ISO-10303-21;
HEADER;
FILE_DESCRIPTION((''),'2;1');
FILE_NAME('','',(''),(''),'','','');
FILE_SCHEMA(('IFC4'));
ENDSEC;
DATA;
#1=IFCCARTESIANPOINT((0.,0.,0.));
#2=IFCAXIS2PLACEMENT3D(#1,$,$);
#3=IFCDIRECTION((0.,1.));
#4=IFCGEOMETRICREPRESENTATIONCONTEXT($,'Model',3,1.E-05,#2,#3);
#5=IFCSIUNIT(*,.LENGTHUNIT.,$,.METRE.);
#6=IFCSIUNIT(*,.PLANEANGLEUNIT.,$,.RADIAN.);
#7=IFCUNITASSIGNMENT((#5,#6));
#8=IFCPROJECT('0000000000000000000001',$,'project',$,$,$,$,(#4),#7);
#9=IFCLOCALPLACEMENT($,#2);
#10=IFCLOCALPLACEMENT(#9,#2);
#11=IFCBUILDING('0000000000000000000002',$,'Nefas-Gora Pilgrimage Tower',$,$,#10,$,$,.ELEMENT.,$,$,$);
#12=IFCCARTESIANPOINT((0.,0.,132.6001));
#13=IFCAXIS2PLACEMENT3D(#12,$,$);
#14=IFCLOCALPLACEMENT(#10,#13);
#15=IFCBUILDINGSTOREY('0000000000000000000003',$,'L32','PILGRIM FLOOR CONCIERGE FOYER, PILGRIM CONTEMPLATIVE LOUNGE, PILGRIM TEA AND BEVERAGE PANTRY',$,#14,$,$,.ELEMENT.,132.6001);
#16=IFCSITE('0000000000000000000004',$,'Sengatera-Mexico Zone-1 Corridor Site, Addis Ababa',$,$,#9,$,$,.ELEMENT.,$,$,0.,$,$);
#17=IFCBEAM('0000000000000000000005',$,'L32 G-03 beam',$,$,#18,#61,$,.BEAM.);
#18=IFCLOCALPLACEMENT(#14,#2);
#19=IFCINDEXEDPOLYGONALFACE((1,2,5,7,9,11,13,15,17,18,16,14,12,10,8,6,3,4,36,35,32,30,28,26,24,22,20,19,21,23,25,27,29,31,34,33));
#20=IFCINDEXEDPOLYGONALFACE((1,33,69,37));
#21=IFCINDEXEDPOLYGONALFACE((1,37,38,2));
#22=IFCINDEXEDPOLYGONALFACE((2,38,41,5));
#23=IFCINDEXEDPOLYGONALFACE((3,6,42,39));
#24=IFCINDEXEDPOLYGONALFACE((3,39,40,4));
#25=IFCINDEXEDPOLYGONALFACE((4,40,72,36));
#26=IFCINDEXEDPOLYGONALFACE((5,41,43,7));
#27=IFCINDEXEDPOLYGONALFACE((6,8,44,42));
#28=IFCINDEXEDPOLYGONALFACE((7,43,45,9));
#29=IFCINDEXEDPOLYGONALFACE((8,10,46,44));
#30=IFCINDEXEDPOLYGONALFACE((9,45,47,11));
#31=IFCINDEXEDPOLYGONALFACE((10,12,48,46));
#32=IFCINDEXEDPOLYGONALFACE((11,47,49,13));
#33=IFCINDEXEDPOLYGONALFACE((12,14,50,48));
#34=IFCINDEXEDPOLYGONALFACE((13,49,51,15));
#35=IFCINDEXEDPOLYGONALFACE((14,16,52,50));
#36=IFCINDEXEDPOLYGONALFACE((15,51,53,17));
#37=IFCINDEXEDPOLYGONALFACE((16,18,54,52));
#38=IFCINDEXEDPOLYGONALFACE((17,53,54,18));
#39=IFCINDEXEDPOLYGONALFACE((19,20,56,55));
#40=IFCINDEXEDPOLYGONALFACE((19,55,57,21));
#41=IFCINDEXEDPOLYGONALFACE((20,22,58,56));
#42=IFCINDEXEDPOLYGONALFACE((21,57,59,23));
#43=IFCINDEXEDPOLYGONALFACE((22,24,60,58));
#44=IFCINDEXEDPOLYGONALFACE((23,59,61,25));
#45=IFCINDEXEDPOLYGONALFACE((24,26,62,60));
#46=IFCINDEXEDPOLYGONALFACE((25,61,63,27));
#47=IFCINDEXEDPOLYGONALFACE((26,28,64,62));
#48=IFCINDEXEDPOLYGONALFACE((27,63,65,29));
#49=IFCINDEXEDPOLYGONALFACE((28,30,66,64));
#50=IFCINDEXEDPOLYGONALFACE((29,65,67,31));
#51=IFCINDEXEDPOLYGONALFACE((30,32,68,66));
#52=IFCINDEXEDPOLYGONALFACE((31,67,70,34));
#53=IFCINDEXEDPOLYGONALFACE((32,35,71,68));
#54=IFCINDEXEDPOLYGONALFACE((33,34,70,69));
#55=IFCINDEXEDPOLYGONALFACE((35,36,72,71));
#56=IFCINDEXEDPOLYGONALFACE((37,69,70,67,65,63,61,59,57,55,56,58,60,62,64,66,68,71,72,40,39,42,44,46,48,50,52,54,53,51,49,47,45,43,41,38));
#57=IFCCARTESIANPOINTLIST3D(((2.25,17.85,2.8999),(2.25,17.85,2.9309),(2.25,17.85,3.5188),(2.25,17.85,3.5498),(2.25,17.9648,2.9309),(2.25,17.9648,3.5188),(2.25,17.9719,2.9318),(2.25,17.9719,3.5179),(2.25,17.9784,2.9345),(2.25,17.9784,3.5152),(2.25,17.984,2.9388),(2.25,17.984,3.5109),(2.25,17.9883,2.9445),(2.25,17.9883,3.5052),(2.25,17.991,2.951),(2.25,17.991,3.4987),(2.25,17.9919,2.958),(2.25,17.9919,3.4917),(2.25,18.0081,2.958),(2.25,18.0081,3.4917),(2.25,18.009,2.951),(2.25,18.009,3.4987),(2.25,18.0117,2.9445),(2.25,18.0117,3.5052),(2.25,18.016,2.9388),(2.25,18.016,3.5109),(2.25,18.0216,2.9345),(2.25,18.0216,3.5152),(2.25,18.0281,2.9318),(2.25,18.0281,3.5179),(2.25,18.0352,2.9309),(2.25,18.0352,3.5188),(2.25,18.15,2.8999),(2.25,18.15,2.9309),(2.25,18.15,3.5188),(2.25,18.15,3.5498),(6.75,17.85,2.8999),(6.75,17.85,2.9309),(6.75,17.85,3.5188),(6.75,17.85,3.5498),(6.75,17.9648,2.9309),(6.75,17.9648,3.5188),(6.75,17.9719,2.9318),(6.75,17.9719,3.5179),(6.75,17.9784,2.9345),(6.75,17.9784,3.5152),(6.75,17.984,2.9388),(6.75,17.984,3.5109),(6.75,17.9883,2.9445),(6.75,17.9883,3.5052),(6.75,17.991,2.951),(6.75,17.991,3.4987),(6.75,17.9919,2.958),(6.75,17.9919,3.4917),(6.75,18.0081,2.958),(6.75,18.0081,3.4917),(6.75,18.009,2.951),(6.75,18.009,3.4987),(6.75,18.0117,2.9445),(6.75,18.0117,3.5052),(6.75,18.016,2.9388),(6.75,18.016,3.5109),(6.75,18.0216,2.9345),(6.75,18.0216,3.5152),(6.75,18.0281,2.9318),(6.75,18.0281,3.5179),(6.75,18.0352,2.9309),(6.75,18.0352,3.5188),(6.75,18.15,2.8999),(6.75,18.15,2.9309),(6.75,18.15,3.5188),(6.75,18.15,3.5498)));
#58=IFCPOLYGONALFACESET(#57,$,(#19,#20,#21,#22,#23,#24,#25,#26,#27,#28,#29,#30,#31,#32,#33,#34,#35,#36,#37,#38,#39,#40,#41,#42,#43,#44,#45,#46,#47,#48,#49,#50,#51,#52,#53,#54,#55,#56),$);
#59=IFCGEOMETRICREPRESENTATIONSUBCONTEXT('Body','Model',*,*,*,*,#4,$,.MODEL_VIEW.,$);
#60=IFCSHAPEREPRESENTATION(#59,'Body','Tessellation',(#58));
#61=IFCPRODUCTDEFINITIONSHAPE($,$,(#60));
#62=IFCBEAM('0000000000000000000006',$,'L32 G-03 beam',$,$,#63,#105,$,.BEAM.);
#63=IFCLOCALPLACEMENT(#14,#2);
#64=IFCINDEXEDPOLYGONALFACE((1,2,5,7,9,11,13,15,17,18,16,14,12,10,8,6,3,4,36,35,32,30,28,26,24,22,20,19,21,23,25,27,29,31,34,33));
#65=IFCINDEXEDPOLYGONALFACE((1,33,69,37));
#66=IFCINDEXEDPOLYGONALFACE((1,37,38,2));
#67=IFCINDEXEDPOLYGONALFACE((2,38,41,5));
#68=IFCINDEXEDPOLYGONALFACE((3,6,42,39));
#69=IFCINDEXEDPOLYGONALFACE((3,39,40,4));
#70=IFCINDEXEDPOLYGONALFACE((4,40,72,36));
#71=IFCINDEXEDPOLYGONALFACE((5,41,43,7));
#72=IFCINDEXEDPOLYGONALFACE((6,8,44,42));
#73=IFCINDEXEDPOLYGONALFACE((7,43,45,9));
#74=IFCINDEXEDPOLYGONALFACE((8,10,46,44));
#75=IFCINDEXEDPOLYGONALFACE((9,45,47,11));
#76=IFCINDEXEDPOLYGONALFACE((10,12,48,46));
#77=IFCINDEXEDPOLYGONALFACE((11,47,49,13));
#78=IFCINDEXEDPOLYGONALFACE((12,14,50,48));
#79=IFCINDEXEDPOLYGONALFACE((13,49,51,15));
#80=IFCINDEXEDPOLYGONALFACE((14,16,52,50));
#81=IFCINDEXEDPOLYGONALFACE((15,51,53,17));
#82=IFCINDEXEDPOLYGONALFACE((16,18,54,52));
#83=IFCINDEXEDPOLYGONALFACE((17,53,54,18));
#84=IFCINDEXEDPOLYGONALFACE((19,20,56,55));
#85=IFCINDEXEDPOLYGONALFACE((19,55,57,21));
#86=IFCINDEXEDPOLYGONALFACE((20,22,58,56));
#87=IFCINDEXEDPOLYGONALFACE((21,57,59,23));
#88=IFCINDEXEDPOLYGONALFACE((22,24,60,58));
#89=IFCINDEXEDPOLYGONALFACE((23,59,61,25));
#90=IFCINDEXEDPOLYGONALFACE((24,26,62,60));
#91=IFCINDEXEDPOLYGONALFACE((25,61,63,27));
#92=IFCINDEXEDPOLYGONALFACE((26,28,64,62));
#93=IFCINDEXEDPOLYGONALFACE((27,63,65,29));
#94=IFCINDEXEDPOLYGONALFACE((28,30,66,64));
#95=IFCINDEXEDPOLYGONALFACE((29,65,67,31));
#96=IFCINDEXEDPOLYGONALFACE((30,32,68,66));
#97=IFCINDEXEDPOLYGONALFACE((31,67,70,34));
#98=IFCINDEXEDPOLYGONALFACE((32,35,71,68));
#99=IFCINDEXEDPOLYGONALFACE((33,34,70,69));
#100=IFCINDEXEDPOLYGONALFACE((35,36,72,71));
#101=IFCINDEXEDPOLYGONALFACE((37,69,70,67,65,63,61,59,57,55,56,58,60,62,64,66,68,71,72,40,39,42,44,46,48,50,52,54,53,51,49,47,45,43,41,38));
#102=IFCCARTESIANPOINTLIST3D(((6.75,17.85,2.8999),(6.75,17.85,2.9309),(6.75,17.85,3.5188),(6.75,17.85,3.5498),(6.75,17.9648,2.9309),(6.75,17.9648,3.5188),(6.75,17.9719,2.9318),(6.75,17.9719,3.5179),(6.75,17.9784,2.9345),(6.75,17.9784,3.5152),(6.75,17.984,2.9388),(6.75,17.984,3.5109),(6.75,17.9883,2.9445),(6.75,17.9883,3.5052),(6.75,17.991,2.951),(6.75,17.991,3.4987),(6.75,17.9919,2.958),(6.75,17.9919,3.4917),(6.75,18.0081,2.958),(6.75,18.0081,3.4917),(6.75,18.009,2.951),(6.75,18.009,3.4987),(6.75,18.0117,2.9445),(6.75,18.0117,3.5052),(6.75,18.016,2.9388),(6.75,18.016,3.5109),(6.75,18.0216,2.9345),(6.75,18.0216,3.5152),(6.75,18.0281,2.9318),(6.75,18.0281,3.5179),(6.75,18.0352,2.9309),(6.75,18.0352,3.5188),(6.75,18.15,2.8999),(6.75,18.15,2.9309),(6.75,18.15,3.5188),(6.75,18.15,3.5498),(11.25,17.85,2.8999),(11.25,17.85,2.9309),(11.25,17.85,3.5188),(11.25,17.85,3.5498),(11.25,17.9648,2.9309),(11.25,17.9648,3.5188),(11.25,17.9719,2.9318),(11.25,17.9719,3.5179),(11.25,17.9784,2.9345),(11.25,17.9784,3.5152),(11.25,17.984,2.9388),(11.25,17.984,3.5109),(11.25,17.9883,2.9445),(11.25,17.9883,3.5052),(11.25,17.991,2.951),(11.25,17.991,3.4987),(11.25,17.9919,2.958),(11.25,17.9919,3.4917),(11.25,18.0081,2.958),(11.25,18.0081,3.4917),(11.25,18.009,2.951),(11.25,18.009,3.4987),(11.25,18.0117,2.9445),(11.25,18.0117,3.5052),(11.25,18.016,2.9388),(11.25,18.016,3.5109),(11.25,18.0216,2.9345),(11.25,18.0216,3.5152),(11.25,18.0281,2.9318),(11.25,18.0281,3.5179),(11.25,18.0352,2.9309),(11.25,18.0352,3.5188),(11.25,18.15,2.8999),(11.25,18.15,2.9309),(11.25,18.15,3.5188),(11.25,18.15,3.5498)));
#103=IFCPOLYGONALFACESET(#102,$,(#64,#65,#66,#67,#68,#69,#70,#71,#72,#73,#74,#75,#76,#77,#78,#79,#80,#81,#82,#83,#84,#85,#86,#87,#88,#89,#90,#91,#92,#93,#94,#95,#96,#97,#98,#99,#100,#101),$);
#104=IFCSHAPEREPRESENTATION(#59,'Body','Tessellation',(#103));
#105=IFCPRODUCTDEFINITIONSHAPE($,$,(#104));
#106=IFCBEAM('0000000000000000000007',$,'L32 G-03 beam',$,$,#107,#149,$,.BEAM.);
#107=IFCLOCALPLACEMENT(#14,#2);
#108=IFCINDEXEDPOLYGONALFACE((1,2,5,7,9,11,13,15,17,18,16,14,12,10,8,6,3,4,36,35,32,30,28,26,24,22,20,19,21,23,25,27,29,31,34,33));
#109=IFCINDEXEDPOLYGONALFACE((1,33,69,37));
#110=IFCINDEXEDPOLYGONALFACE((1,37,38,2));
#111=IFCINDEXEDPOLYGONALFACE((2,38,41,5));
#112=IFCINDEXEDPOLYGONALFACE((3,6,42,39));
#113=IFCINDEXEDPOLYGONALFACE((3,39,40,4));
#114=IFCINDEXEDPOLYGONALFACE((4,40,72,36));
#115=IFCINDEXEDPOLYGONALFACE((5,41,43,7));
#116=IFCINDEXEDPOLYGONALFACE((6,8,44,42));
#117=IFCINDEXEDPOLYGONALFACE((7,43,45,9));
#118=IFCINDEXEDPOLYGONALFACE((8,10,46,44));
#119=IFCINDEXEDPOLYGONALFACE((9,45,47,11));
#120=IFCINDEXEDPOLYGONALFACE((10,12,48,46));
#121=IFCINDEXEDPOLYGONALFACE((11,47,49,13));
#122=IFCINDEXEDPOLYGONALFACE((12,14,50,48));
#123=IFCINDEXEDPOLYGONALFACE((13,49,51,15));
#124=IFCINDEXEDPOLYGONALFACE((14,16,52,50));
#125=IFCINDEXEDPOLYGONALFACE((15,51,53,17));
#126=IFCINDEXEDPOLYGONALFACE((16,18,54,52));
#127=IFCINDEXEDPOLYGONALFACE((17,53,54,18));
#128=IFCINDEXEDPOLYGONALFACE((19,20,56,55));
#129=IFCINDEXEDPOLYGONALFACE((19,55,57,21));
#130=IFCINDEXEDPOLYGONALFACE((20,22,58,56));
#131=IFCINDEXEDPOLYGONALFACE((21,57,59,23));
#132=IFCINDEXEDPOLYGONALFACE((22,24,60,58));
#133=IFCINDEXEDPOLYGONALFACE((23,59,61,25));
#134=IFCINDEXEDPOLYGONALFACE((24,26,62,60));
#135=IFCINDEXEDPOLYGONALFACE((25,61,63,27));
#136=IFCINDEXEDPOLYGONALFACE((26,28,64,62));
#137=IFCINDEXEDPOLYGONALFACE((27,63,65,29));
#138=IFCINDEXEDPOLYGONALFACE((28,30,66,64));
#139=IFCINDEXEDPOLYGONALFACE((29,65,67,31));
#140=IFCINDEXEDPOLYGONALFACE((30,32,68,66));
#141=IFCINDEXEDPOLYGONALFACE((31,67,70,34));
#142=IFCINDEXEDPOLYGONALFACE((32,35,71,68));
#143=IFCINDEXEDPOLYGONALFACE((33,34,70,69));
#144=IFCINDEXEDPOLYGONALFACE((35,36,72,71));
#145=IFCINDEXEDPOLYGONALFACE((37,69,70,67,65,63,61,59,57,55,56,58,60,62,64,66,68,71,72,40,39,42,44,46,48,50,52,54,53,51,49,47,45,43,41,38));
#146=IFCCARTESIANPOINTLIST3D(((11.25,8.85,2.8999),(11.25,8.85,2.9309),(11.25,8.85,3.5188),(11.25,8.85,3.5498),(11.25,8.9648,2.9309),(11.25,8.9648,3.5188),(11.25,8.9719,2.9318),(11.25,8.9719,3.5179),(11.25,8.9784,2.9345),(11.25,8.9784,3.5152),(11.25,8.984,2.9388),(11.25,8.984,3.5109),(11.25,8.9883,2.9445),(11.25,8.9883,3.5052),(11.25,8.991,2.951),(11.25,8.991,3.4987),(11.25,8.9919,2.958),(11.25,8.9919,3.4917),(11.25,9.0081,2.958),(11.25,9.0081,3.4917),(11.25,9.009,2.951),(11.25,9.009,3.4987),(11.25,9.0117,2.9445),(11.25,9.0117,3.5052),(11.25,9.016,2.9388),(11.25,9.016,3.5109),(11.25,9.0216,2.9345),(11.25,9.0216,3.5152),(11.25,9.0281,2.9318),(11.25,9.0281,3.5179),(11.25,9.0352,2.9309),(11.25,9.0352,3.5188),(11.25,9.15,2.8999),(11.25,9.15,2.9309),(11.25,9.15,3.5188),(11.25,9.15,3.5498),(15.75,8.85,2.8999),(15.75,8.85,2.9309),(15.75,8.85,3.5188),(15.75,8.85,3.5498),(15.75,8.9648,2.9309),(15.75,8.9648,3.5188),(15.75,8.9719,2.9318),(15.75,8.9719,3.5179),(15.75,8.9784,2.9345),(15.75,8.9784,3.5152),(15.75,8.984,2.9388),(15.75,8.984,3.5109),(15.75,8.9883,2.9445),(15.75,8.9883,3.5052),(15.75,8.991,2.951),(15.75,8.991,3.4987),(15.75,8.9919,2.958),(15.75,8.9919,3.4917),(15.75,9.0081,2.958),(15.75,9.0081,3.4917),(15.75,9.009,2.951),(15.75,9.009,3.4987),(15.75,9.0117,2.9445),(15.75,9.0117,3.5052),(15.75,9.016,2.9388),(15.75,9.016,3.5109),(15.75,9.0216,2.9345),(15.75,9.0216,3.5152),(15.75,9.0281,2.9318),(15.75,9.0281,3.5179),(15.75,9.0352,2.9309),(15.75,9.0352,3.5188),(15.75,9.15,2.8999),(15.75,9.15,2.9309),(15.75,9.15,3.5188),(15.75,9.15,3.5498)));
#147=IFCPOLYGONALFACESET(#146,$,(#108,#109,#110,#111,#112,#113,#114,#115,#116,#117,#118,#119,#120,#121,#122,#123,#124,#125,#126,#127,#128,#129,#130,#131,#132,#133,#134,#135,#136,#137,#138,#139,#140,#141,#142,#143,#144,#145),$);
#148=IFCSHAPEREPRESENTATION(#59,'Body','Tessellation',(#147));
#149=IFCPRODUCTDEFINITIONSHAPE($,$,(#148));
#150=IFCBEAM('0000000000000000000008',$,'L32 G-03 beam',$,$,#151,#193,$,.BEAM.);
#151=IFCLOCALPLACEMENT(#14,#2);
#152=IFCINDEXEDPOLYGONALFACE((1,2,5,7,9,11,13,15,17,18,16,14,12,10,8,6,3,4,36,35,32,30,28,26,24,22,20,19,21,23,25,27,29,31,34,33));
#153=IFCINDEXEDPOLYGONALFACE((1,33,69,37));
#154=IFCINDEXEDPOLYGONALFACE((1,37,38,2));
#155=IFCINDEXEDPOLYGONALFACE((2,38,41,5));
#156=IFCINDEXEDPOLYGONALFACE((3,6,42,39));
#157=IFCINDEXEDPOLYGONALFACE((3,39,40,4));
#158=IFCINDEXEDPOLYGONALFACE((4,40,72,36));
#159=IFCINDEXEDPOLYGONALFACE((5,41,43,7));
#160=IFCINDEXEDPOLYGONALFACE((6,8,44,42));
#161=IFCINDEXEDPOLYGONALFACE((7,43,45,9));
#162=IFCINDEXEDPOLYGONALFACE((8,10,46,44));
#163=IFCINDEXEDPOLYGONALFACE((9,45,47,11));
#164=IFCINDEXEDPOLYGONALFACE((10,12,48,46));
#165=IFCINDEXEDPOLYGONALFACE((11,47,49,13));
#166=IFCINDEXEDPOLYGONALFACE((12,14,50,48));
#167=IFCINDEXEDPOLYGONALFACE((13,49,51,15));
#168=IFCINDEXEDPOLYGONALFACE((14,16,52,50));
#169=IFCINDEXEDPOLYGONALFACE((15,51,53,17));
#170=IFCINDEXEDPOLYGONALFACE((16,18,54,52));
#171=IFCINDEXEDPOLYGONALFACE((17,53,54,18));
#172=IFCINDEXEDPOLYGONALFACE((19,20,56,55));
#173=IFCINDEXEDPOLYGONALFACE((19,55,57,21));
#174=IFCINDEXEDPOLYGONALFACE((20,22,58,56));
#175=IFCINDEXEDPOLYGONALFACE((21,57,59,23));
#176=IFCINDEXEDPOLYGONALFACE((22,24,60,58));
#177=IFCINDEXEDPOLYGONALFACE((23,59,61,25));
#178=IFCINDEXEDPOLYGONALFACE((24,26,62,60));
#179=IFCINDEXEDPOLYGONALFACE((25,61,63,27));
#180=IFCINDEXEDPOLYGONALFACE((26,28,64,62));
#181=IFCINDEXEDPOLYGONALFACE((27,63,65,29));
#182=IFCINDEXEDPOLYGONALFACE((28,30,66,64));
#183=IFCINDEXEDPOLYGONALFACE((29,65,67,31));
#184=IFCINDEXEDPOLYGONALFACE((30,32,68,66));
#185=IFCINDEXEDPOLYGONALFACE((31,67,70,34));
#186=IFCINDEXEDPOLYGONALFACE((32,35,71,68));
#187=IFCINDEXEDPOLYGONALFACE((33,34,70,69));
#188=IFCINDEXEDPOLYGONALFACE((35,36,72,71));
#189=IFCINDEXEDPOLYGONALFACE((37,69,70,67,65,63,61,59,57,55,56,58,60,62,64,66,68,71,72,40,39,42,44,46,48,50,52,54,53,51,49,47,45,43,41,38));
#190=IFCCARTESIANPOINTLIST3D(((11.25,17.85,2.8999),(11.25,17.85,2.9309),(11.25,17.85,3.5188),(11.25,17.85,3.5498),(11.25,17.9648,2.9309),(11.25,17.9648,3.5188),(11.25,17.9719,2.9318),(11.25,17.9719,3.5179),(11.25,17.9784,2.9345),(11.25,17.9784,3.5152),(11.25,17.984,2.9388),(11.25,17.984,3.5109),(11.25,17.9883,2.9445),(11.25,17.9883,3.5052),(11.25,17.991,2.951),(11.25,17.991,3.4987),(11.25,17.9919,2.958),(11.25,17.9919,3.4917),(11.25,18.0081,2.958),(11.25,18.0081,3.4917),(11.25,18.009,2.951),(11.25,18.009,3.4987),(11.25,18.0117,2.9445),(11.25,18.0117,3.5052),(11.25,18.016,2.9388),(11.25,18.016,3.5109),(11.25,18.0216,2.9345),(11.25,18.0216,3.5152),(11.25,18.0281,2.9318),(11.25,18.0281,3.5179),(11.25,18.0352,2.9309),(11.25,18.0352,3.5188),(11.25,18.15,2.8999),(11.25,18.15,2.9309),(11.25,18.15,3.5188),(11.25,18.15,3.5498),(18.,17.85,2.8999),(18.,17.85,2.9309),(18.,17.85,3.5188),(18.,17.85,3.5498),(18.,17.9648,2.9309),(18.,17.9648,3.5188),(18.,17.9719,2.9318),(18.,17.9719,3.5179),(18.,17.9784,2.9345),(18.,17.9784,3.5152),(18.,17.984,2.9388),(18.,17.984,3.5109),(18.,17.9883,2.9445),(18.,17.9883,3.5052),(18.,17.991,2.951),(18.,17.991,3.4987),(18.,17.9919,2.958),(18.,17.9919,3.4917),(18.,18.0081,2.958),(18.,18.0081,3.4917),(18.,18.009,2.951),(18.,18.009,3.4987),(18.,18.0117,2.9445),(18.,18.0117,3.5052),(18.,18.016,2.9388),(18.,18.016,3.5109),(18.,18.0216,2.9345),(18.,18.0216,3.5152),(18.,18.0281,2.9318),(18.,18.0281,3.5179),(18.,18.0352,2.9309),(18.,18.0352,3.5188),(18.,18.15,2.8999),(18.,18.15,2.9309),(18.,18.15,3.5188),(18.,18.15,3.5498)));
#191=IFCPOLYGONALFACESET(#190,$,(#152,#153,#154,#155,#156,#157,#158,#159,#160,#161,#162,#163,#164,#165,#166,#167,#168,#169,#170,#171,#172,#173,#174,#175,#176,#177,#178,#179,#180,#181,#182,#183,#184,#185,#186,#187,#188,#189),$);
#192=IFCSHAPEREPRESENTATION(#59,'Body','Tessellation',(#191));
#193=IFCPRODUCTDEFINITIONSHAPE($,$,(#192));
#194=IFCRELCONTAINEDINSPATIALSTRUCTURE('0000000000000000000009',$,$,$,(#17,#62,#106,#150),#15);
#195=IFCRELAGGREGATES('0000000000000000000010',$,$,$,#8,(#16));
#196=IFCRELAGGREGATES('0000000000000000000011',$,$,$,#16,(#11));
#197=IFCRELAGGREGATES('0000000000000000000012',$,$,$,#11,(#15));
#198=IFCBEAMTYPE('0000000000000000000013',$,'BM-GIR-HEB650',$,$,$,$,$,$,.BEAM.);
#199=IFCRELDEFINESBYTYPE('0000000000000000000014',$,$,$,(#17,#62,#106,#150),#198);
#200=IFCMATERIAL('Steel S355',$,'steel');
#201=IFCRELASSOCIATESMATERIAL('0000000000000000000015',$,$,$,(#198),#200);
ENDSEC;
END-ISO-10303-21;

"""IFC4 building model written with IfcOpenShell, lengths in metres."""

from ifc_helpers import new_model, si_unit, direction, frame, origin, origin_2d, place, context, subcontext, project, spatial, i_section, extrude, source, transform, mapped, material, material_profile, profile_set, type_object, element, save


model = new_model("IFC4")

# Units and contexts
model_context = context("Model", 3, precision=1e-05, world=origin(), true_north=direction((0.0, 1.0)))
body_context = subcontext(model_context, "Body", "Model", "MODEL_VIEW")
ifc_project = project(units=[si_unit("LENGTHUNIT", "METRE"), si_unit("PLANEANGLEUNIT", "RADIAN")], contexts=[model_context])

# Site, building, storey
site_placement = place(None, origin())
site = spatial("IfcSite", under=ifc_project, at=site_placement, Name="Sengatera-Mexico Zone-1 Corridor Site, Addis Ababa", CompositionType="ELEMENT", RefElevation=0.0)
building_placement = place(site_placement, origin())
building = spatial("IfcBuilding", under=site, at=building_placement, Name="Nefas-Gora Pilgrimage Tower", CompositionType="ELEMENT")
storey_placement = place(building_placement, frame((0.0, 0.0, 132.6001)))
storey = spatial("IfcBuildingStorey", under=building, at=storey_placement, Name="L32", Description="PILGRIM FLOOR CONCIERGE FOYER, PILGRIM CONTEMPLATIVE LOUNGE, PILGRIM TEA AND BEVERAGE PANTRY", CompositionType="ELEMENT", Elevation=132.6001)

# Beams
ifc_material_1 = material(Name="Steel S355", Category="steel")
ifc_material_profile_1 = material_profile(ifc_material_1, i_section(OverallWidth=0.3, OverallDepth=0.6499, WebThickness=0.0161, FlangeThickness=0.031, FilletRadius=0.0271, at=origin_2d()), Name="HEB 650")
ifc_profile_set_1 = profile_set([ifc_material_profile_1], Name="Steel S355")
beam_type_1 = type_object("IfcBeamType", Name="BM-GIR-HEB650", PredefinedType="BEAM", material=ifc_profile_set_1)
shared_shape_1 = source(origin(), body_context, "Body", "SweptSolid", [
    extrude(i_section(OverallWidth=0.3, OverallDepth=0.6499, WebThickness=0.0161, FlangeThickness=0.031, FilletRadius=0.0271, at=origin_2d()), origin(), (0.0, 0.0, 1.0), 4.5),
])
for number, where, z_axis, x_axis, name in (
    (1, (2.25, 18.0, 3.2249), (1.0, 0.0, 0.0), (0.0, 1.0, 0.0), "L32 G-03 beam"),
    (2, (6.75, 18.0, 3.2249), (1.0, 0.0, 0.0), (0.0, 1.0, 0.0), "L32 G-03 beam"),
    (3, (11.25, 9.0, 3.2249), (1.0, 0.0, 0.0), (0.0, 1.0, 0.0), "L32 G-03 beam"),
):
    element("IfcBeam", number, at=place(storey_placement, frame(where, z_axis=z_axis, x_axis=x_axis)), inside=storey, type_object=beam_type_1, Name=name, PredefinedType="BEAM", context=body_context, shape_type="MappedRepresentation", body=[
        mapped(shared_shape_1, transform((0.0, 0.0, 0.0), x_axis=(1.0, 0.0, 0.0), y_axis=(0.0, 1.0, 0.0), z_axis=(0.0, 0.0, 1.0), scale=1.0)),
    ])
shared_shape_2 = source(origin(), body_context, "Body", "SweptSolid", [
    extrude(i_section(OverallWidth=0.3, OverallDepth=0.6499, WebThickness=0.0161, FlangeThickness=0.031, FilletRadius=0.0271, at=origin_2d()), origin(), (0.0, 0.0, 1.0), 6.75),
])
beam_1_placement = place(storey_placement, frame((11.25, 18.0, 3.2249), z_axis=(1.0, 0.0, 0.0), x_axis=(0.0, 1.0, 0.0)))
element("IfcBeam", 4, at=beam_1_placement, inside=storey, type_object=beam_type_1, Name="L32 G-03 beam", PredefinedType="BEAM", context=body_context, shape_type="MappedRepresentation", body=[
    mapped(shared_shape_2, transform((0.0, 0.0, 0.0), x_axis=(1.0, 0.0, 0.0), y_axis=(0.0, 1.0, 0.0), z_axis=(0.0, 0.0, 1.0), scale=1.0)),
])

save(model, "model.ifc")
